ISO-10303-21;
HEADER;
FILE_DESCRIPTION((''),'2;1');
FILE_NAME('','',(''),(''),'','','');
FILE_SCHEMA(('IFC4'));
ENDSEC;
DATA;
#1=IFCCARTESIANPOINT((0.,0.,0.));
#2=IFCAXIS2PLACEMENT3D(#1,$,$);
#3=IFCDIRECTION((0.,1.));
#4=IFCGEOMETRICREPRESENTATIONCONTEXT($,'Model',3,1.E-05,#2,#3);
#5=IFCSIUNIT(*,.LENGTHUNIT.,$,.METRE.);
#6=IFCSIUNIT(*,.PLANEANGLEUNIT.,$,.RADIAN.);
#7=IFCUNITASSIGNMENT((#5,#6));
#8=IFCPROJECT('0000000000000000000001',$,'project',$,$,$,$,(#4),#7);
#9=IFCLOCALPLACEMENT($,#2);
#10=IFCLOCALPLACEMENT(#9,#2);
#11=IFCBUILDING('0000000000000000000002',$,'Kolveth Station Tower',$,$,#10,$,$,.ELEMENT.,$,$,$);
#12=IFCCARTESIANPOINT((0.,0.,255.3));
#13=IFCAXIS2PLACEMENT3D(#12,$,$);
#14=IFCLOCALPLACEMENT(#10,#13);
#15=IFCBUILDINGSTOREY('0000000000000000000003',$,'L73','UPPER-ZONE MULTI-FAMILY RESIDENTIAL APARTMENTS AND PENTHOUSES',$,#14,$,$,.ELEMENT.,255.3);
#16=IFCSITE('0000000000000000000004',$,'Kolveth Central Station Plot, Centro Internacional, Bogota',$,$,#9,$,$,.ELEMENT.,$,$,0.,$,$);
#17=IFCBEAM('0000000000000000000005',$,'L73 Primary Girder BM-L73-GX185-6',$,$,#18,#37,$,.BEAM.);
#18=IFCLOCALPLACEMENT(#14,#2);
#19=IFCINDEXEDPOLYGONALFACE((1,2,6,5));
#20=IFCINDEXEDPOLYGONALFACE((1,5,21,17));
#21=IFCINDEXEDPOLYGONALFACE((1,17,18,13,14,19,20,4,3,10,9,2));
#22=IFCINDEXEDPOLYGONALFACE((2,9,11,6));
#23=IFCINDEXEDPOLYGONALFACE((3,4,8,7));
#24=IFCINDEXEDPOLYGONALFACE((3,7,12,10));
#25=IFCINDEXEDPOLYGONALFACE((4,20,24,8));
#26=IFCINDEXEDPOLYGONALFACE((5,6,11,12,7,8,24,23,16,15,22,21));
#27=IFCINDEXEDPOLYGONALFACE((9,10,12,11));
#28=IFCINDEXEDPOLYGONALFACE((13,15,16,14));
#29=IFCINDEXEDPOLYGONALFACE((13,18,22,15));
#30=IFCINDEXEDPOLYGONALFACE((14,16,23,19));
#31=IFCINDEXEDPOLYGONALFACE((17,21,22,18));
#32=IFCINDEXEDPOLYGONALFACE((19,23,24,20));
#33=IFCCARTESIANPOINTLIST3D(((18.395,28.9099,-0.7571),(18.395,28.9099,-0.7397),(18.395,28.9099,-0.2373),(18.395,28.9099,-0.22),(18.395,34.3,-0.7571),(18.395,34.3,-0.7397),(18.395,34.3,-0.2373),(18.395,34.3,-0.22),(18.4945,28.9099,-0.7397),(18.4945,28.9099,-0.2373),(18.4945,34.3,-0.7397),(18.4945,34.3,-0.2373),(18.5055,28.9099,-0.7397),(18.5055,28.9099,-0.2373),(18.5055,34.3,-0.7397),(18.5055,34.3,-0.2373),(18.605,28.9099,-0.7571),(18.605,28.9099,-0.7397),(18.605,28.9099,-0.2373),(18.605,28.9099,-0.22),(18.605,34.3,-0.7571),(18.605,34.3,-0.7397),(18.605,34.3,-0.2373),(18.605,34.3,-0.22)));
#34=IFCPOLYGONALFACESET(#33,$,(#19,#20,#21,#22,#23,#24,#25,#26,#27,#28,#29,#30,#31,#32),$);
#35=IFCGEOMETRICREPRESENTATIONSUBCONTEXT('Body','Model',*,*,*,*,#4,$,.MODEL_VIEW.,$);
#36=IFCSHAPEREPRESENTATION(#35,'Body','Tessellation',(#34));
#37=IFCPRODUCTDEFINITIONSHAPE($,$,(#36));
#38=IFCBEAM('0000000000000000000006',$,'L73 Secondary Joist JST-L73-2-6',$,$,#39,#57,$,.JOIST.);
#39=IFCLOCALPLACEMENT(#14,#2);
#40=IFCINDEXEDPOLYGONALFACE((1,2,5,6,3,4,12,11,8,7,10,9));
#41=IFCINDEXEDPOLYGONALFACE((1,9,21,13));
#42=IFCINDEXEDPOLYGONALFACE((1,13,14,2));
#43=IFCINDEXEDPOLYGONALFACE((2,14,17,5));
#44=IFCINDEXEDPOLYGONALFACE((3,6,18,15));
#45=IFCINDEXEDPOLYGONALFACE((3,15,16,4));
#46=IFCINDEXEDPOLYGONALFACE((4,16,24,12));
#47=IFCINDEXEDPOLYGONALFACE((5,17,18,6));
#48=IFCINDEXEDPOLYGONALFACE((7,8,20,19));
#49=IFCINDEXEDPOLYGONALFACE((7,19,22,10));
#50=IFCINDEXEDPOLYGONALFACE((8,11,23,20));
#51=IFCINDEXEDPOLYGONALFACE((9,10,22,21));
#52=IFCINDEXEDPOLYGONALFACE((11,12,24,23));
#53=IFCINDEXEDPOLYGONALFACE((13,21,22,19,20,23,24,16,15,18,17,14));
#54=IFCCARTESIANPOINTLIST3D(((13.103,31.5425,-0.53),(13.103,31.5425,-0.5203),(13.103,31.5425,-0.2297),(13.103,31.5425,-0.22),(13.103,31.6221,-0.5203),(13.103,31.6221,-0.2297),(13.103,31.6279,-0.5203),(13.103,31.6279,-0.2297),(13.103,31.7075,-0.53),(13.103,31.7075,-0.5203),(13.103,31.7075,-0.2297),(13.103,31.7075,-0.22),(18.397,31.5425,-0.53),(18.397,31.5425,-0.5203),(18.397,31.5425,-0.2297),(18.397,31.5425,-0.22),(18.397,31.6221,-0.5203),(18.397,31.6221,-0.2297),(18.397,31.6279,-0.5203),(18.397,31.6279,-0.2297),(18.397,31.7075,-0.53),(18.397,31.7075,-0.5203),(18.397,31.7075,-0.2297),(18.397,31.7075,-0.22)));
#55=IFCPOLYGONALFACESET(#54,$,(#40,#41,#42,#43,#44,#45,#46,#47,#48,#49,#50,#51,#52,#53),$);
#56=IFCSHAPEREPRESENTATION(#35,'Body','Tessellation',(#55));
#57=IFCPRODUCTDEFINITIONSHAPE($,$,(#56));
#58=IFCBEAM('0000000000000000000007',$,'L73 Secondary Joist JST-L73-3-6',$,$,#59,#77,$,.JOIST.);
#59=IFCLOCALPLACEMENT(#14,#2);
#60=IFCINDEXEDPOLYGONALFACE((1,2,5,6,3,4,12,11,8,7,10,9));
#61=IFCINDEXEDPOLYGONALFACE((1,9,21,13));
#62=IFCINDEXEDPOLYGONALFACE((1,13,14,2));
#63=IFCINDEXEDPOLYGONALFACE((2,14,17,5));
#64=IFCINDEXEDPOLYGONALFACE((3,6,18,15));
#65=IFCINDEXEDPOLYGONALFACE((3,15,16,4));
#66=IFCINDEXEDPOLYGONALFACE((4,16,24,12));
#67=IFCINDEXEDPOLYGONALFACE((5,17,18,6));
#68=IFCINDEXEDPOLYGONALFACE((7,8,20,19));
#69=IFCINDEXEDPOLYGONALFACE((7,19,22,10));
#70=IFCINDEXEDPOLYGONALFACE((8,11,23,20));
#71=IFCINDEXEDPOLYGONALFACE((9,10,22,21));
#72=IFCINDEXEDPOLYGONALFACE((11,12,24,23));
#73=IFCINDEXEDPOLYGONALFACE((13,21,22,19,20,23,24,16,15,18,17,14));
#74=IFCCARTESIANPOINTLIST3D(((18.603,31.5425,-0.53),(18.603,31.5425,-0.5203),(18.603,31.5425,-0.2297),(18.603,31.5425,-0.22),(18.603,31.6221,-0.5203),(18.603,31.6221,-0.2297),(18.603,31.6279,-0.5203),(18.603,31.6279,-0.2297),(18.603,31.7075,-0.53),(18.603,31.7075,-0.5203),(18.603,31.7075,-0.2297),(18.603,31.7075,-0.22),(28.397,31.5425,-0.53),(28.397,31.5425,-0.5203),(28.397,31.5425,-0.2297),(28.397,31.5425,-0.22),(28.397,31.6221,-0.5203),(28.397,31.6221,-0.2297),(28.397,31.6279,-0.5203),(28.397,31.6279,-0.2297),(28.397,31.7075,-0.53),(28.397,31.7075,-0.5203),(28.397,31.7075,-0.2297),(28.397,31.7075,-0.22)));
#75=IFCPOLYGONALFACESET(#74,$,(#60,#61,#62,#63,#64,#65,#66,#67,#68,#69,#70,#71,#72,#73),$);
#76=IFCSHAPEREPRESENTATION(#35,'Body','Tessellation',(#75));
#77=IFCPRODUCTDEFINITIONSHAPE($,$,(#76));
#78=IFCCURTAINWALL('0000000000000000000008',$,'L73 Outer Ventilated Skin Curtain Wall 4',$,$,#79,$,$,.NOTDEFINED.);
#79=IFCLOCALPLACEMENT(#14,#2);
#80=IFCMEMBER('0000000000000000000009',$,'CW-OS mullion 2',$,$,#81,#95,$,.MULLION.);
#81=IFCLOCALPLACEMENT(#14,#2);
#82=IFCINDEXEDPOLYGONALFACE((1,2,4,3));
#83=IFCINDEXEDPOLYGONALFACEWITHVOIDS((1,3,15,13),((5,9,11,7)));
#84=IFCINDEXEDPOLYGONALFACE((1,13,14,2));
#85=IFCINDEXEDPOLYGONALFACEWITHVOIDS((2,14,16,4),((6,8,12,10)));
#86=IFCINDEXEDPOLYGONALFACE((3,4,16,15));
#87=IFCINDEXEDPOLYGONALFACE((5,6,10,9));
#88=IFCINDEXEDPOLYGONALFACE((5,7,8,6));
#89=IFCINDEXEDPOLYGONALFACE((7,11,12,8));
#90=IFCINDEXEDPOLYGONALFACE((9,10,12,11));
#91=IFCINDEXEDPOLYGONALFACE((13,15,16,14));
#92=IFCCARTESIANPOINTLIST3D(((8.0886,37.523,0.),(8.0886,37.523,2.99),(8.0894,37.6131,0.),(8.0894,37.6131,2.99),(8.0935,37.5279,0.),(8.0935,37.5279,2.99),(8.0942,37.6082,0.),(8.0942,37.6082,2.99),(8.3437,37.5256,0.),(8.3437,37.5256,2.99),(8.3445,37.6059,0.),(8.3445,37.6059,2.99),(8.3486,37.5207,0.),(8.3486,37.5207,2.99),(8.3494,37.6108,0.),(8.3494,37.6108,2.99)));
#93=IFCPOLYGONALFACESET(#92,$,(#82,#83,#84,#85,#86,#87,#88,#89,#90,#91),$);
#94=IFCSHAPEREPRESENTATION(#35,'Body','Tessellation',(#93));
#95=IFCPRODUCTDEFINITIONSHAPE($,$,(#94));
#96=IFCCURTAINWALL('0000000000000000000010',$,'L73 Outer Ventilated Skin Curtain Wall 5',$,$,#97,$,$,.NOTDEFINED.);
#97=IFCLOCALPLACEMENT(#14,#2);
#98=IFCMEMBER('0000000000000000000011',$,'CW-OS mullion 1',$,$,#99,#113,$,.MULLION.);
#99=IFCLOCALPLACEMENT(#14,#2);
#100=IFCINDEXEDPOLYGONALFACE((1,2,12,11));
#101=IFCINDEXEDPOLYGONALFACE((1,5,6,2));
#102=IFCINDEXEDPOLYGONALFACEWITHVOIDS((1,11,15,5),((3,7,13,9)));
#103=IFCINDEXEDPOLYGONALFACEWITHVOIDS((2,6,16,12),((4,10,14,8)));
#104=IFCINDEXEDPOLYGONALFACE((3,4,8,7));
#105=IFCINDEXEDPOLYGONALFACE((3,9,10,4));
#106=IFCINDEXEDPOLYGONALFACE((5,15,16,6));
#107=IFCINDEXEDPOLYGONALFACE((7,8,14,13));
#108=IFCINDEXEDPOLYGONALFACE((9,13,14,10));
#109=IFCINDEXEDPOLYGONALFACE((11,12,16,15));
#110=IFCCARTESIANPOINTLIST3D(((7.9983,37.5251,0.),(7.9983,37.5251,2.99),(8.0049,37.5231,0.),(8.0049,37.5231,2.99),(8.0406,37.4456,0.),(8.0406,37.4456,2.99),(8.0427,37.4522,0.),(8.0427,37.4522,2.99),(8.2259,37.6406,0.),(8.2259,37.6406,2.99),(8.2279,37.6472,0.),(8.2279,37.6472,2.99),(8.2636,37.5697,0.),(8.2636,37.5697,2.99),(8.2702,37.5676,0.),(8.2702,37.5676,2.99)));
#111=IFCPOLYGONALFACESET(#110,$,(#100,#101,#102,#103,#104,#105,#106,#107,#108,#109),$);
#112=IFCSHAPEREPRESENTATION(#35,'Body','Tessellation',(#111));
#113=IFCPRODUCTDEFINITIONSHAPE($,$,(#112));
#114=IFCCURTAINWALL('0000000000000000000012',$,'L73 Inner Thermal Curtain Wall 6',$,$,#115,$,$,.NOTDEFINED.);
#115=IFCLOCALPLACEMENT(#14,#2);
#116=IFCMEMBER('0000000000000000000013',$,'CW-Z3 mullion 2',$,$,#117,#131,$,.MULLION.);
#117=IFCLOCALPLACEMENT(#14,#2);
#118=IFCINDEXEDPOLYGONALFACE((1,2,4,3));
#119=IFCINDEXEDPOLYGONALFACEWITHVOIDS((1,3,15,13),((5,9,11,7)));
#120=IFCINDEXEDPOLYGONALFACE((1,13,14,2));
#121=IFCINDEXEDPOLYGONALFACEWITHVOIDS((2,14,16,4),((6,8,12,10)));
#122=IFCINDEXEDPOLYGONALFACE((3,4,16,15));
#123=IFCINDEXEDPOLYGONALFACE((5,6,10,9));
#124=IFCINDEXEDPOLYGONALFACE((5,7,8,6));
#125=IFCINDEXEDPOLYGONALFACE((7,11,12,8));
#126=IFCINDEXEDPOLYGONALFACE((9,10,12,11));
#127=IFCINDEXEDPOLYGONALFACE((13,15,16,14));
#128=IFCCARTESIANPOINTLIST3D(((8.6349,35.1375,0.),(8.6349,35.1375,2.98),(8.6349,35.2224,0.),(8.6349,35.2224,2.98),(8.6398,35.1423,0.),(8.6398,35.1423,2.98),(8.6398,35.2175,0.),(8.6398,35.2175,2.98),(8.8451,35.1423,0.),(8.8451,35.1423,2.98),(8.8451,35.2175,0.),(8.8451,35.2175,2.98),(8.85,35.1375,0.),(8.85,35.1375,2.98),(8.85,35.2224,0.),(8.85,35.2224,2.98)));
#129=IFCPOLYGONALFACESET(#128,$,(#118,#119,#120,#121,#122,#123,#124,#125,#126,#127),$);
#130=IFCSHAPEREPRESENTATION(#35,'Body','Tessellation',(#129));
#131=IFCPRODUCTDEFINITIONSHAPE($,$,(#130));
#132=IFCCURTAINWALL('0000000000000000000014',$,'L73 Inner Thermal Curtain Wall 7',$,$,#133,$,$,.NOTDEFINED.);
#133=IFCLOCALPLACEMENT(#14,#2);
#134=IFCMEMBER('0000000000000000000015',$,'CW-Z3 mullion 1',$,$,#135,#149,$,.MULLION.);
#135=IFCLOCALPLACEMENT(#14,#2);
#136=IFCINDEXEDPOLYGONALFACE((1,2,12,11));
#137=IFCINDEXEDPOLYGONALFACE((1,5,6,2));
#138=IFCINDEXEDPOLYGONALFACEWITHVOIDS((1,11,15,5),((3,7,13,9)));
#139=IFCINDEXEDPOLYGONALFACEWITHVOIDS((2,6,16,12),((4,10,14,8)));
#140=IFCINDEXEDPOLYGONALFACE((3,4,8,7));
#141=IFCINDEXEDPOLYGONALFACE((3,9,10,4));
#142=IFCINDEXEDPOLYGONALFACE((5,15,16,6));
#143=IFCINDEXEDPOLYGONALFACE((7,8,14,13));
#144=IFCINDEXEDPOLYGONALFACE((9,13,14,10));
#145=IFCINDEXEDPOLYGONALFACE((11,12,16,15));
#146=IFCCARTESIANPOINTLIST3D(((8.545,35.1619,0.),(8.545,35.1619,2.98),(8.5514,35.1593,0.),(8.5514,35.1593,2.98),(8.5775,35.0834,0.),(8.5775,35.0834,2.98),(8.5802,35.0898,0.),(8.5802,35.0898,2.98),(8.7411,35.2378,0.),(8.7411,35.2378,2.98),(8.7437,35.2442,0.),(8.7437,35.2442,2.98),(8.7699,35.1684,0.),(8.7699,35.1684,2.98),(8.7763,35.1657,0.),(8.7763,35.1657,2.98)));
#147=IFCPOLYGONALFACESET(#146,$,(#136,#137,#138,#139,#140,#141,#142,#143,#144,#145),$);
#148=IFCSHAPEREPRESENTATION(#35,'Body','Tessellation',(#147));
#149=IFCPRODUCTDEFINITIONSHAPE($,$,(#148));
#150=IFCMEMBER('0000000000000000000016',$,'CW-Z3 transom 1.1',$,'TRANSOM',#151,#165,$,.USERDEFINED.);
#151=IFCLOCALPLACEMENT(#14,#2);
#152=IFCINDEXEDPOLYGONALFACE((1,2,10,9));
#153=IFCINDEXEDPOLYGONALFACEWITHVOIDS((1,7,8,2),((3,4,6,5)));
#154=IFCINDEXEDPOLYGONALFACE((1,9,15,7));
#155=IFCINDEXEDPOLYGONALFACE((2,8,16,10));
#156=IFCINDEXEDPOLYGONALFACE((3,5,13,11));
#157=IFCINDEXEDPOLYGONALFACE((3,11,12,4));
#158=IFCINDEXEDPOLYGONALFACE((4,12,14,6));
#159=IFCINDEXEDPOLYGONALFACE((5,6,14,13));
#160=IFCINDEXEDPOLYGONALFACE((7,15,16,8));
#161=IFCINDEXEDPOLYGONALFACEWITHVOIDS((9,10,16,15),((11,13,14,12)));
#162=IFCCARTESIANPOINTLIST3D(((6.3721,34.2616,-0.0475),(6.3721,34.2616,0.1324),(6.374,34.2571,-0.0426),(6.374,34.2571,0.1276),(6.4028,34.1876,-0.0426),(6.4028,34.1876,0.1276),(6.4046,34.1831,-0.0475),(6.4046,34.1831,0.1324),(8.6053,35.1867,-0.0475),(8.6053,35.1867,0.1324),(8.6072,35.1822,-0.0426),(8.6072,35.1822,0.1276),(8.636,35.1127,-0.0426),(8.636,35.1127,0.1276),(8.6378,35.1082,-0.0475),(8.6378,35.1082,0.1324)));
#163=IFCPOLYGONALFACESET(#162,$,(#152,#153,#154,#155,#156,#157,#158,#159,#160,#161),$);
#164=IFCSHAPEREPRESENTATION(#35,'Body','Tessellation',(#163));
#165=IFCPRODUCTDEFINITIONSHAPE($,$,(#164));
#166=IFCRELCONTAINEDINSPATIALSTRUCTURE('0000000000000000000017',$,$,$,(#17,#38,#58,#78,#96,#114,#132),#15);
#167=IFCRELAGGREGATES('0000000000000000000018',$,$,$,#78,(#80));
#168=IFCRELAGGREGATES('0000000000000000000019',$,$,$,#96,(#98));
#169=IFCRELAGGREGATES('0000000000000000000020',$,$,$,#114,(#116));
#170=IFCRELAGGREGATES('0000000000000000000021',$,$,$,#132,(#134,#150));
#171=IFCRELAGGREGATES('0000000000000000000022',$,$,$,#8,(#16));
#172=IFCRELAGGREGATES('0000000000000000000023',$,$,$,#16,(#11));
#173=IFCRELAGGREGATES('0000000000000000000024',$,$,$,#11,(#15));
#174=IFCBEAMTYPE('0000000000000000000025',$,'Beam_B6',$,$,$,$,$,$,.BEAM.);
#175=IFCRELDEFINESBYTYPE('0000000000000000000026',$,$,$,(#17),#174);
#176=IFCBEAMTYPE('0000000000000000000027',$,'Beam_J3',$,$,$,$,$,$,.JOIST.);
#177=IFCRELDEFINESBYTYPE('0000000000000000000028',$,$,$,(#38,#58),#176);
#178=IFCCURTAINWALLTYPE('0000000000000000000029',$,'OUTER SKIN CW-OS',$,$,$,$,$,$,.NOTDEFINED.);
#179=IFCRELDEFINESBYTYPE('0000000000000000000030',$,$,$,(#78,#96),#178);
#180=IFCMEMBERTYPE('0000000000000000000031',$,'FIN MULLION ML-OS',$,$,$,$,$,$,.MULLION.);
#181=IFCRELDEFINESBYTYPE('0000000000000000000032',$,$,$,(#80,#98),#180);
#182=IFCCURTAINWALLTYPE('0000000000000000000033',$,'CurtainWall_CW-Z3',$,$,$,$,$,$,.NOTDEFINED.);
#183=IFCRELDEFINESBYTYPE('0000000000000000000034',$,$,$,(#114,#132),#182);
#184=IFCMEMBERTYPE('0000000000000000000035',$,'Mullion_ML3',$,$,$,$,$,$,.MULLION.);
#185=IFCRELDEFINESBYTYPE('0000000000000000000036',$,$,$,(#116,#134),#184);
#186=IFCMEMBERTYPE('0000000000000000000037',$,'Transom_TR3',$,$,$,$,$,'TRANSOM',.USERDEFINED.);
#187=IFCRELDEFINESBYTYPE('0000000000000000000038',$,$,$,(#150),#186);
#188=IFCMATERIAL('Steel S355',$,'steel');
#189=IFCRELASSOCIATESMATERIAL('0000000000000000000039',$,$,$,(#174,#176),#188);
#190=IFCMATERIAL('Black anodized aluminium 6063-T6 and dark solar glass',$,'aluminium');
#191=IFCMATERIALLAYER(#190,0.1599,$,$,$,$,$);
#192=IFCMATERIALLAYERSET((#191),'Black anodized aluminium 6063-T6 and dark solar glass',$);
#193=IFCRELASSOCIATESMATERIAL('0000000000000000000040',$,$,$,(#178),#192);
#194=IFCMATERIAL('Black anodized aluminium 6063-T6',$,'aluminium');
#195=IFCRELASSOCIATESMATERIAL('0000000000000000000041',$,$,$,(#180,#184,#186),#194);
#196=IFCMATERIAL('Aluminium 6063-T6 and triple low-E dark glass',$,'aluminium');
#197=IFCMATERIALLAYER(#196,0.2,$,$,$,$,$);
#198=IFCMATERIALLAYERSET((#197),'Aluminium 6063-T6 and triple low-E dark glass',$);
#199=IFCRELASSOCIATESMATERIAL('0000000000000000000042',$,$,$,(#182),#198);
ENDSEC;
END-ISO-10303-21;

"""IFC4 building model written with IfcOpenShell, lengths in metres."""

from ifc_helpers import new_model, si_unit, direction, frame, origin, origin_2d, place, context, subcontext, project, spatial, hollow_rectangle, i_section, extrude, source, transform, mapped, material, layer, layer_set, material_profile, profile_set, type_object, element, aggregate, save


model = new_model("IFC4")

# Units and contexts
model_context = context("Model", 3, precision=1e-05, world=origin(), true_north=direction((0.0, 1.0)))
body_context = subcontext(model_context, "Body", "Model", "MODEL_VIEW")
ifc_project = project(units=[si_unit("LENGTHUNIT", "METRE"), si_unit("PLANEANGLEUNIT", "RADIAN")], contexts=[model_context])

# Site, building, storey
site_placement = place(None, origin())
site = spatial("IfcSite", under=ifc_project, at=site_placement, Name="Kolveth Central Station Plot, Centro Internacional, Bogota", CompositionType="ELEMENT", RefElevation=0.0)
building_placement = place(site_placement, origin())
building = spatial("IfcBuilding", under=site, at=building_placement, Name="Kolveth Station Tower", CompositionType="ELEMENT")
storey_placement = place(building_placement, frame((0.0, 0.0, 255.3)))
storey = spatial("IfcBuildingStorey", under=building, at=storey_placement, Name="L73", Description="UPPER-ZONE MULTI-FAMILY RESIDENTIAL APARTMENTS AND PENTHOUSES", CompositionType="ELEMENT", Elevation=255.3)

# Shared definitions
ifc_material_1 = material(Name="Steel S355", Category="steel")

# Beams
ifc_material_profile_1 = material_profile(ifc_material_1, i_section(OverallWidth=0.21, OverallDepth=0.5371, WebThickness=0.011, FlangeThickness=0.0173, at=origin_2d()), Name="W530x101")
ifc_profile_set_1 = profile_set([ifc_material_profile_1], Name="Steel S355")
beam_type_1 = type_object("IfcBeamType", Name="Beam_B6", PredefinedType="BEAM", material=ifc_profile_set_1)
shared_shape_1 = source(origin(), body_context, "Body", "SweptSolid", [
    extrude(i_section(OverallWidth=0.21, OverallDepth=0.5371, WebThickness=0.011, FlangeThickness=0.0173, at=origin_2d()), origin(), (0.0, 0.0, 1.0), 5.3901),
])
beam_1_placement = place(storey_placement, frame((18.5, 28.9099, -0.4885), z_axis=(0.0, 1.0, 0.0), x_axis=(-1.0, 0.0, 0.0)))
element("IfcBeam", 1, at=beam_1_placement, inside=storey, type_object=beam_type_1, Name="L73 Primary Girder BM-L73-GX185-6", PredefinedType="BEAM", context=body_context, shape_type="MappedRepresentation", body=[
    mapped(shared_shape_1, transform((0.0, 0.0, 0.0), x_axis=(1.0, 0.0, 0.0), y_axis=(0.0, 1.0, 0.0), z_axis=(0.0, 0.0, 1.0), scale=1.0)),
])
ifc_material_profile_2 = material_profile(ifc_material_1, i_section(OverallWidth=0.165, OverallDepth=0.3101, WebThickness=0.0059, FlangeThickness=0.0098, at=origin_2d()), Name="W310x39")
ifc_profile_set_2 = profile_set([ifc_material_profile_2], Name="Steel S355")
beam_type_2 = type_object("IfcBeamType", Name="Beam_J3", PredefinedType="JOIST", material=ifc_profile_set_2)
shared_shape_2 = source(origin(), body_context, "Body", "SweptSolid", [
    extrude(i_section(OverallWidth=0.165, OverallDepth=0.3101, WebThickness=0.0059, FlangeThickness=0.0098, at=origin_2d()), origin(), (0.0, 0.0, 1.0), 5.2939),
])
beam_2_placement = place(storey_placement, frame((13.103, 31.625, -0.375), z_axis=(1.0, 0.0, 0.0), x_axis=(0.0, 1.0, 0.0)))
element("IfcBeam", 2, at=beam_2_placement, inside=storey, type_object=beam_type_2, Name="L73 Secondary Joist JST-L73-2-6", PredefinedType="JOIST", context=body_context, shape_type="MappedRepresentation", body=[
    mapped(shared_shape_2, transform((0.0, 0.0, 0.0), x_axis=(1.0, 0.0, 0.0), y_axis=(0.0, 1.0, 0.0), z_axis=(0.0, 0.0, 1.0), scale=1.0)),
])
shared_shape_3 = source(origin(), body_context, "Body", "SweptSolid", [
    extrude(i_section(OverallWidth=0.165, OverallDepth=0.3101, WebThickness=0.0059, FlangeThickness=0.0098, at=origin_2d()), origin(), (0.0, 0.0, 1.0), 9.7939),
])
beam_3_placement = place(storey_placement, frame((18.603, 31.625, -0.375), z_axis=(1.0, 0.0, 0.0), x_axis=(0.0, 1.0, 0.0)))
element("IfcBeam", 3, at=beam_3_placement, inside=storey, type_object=beam_type_2, Name="L73 Secondary Joist JST-L73-3-6", PredefinedType="JOIST", context=body_context, shape_type="MappedRepresentation", body=[
    mapped(shared_shape_3, transform((0.0, 0.0, 0.0), x_axis=(1.0, 0.0, 0.0), y_axis=(0.0, 1.0, 0.0), z_axis=(0.0, 0.0, 1.0), scale=1.0)),
])

# Curtain walls, members
ifc_material_2 = material(Name="Black anodized aluminium 6063-T6 and dark solar glass", Category="aluminium")
ifc_layer_1 = layer(ifc_material_2, 0.1599)
ifc_layer_set_1 = layer_set([ifc_layer_1], Name="Black anodized aluminium 6063-T6 and dark solar glass")
curtain_wall_type_1 = type_object("IfcCurtainWallType", Name="OUTER SKIN CW-OS", PredefinedType="NOTDEFINED", material=ifc_layer_set_1)
curtain_wall_1_placement = place(storey_placement, origin())
curtain_wall_1 = element("IfcCurtainWall", 4, at=curtain_wall_1_placement, inside=storey, type_object=curtain_wall_type_1, Name="L73 Outer Ventilated Skin Curtain Wall 4", PredefinedType="NOTDEFINED")
ifc_material_3 = material(Name="Black anodized aluminium 6063-T6", Category="aluminium")
ifc_material_profile_3 = material_profile(ifc_material_3, hollow_rectangle(XDim=0.0901, YDim=0.26, WallThickness=0.0049, at=origin_2d()), Name="ALU-90x260x5")
ifc_profile_set_3 = profile_set([ifc_material_profile_3], Name="Black anodized aluminium 6063-T6")
member_type_1 = type_object("IfcMemberType", Name="FIN MULLION ML-OS", PredefinedType="MULLION", material=ifc_profile_set_3)
shared_shape_4 = source(origin(), body_context, "Body", "SweptSolid", [
    extrude(hollow_rectangle(XDim=0.0901, YDim=0.26, WallThickness=0.0049, at=origin_2d()), origin(), (0.0, 0.0, 1.0), 2.99),
])
member_1_placement = place(storey_placement, frame((8.219, 37.5669, 0.0), z_axis=(0.0, 0.0, 1.0), x_axis=(-0.009022, -0.999959, 0.0)))
member_1 = element("IfcMember", 5, at=member_1_placement, type_object=member_type_1, Name="CW-OS mullion 2", PredefinedType="MULLION", context=body_context, shape_type="MappedRepresentation", body=[
    mapped(shared_shape_4, transform((0.0, 0.0, 0.0), x_axis=(1.0, 0.0, 0.0), y_axis=(0.0, 1.0, 0.0), z_axis=(0.0, 0.0, 1.0), scale=1.0)),
])
aggregate(curtain_wall_1, [member_1])
curtain_wall_2_placement = place(storey_placement, origin())
curtain_wall_2 = element("IfcCurtainWall", 6, at=curtain_wall_2_placement, inside=storey, type_object=curtain_wall_type_1, Name="L73 Outer Ventilated Skin Curtain Wall 5", PredefinedType="NOTDEFINED")
member_2_placement = place(storey_placement, frame((8.1343, 37.5464, 0.0), z_axis=(0.0, 0.0, 1.0), x_axis=(0.46947, -0.882948, 0.0)))
member_2 = element("IfcMember", 7, at=member_2_placement, type_object=member_type_1, Name="CW-OS mullion 1", PredefinedType="MULLION", context=body_context, shape_type="MappedRepresentation", body=[
    mapped(shared_shape_4, transform((0.0, 0.0, 0.0), x_axis=(1.0, 0.0, 0.0), y_axis=(0.0, 1.0, 0.0), z_axis=(0.0, 0.0, 1.0), scale=1.0)),
])
aggregate(curtain_wall_2, [member_2])
ifc_material_4 = material(Name="Aluminium 6063-T6 and triple low-E dark glass", Category="aluminium")
ifc_layer_2 = layer(ifc_material_4, 0.2)
ifc_layer_set_2 = layer_set([ifc_layer_2], Name="Aluminium 6063-T6 and triple low-E dark glass")
curtain_wall_type_2 = type_object("IfcCurtainWallType", Name="CurtainWall_CW-Z3", PredefinedType="NOTDEFINED", material=ifc_layer_set_2)
curtain_wall_3_placement = place(storey_placement, origin())
curtain_wall_3 = element("IfcCurtainWall", 8, at=curtain_wall_3_placement, inside=storey, type_object=curtain_wall_type_2, Name="L73 Inner Thermal Curtain Wall 6", PredefinedType="NOTDEFINED")
ifc_material_profile_4 = material_profile(ifc_material_3, hollow_rectangle(XDim=0.085, YDim=0.2151, WallThickness=0.0049, at=origin_2d()), Name="ALU-85x215x5")
ifc_profile_set_4 = profile_set([ifc_material_profile_4], Name="Black anodized aluminium 6063-T6")
member_type_2 = type_object("IfcMemberType", Name="Mullion_ML3", PredefinedType="MULLION", material=ifc_profile_set_4)
shared_shape_5 = source(origin(), body_context, "Body", "SweptSolid", [
    extrude(hollow_rectangle(XDim=0.085, YDim=0.2151, WallThickness=0.0049, at=origin_2d()), origin(), (0.0, 0.0, 1.0), 2.98),
])
member_3_placement = place(storey_placement, frame((8.7424, 35.1799, 0.0), z_axis=(0.0, 0.0, 1.0), x_axis=(0.0, -1.0, 0.0)))
member_3 = element("IfcMember", 9, at=member_3_placement, type_object=member_type_2, Name="CW-Z3 mullion 2", PredefinedType="MULLION", context=body_context, shape_type="MappedRepresentation", body=[
    mapped(shared_shape_5, transform((0.0, 0.0, 0.0), x_axis=(1.0, 0.0, 0.0), y_axis=(0.0, 1.0, 0.0), z_axis=(0.0, 0.0, 1.0), scale=1.0)),
])
aggregate(curtain_wall_3, [member_3])

# Curtain wall, members
curtain_wall_4_placement = place(storey_placement, origin())
curtain_wall_4 = element("IfcCurtainWall", 10, at=curtain_wall_4_placement, inside=storey, type_object=curtain_wall_type_2, Name="L73 Inner Thermal Curtain Wall 7", PredefinedType="NOTDEFINED")
member_4_placement = place(storey_placement, frame((8.6606, 35.1638, 0.0), z_axis=(0.0, 0.0, 1.0), x_axis=(0.382693, -0.923875, 0.0)))
member_4 = element("IfcMember", 11, at=member_4_placement, type_object=member_type_2, Name="CW-Z3 mullion 1", PredefinedType="MULLION", context=body_context, shape_type="MappedRepresentation", body=[
    mapped(shared_shape_5, transform((0.0, 0.0, 0.0), x_axis=(1.0, 0.0, 0.0), y_axis=(0.0, 1.0, 0.0), z_axis=(0.0, 0.0, 1.0), scale=1.0)),
])
ifc_material_profile_5 = material_profile(ifc_material_3, hollow_rectangle(XDim=0.085, YDim=0.1799, WallThickness=0.0049, at=origin_2d()), Name="ALU-85x180x5")
ifc_profile_set_5 = profile_set([ifc_material_profile_5], Name="Black anodized aluminium 6063-T6")
member_type_3 = type_object("IfcMemberType", Name="Transom_TR3", ElementType="TRANSOM", PredefinedType="USERDEFINED", material=ifc_profile_set_5)
shared_shape_6 = source(origin(), body_context, "Body", "SweptSolid", [
    extrude(hollow_rectangle(XDim=0.085, YDim=0.1799, WallThickness=0.0049, at=origin_2d()), origin(), (0.0, 0.0, 1.0), 2.4172),
])
member_5_placement = place(storey_placement, frame((8.6216, 35.1475, 0.0425), z_axis=(-0.923873, -0.3827, 0.0), x_axis=(0.3827, -0.923873, 0.0)))
member_5 = element("IfcMember", 12, at=member_5_placement, type_object=member_type_3, Name="CW-Z3 transom 1.1", ObjectType="TRANSOM", PredefinedType="USERDEFINED", context=body_context, shape_type="MappedRepresentation", body=[
    mapped(shared_shape_6, transform((0.0, 0.0, 0.0), x_axis=(1.0, 0.0, 0.0), y_axis=(0.0, 1.0, 0.0), z_axis=(0.0, 0.0, 1.0), scale=1.0)),
])
aggregate(curtain_wall_4, [member_4, member_5])

save(model, "model.ifc")
